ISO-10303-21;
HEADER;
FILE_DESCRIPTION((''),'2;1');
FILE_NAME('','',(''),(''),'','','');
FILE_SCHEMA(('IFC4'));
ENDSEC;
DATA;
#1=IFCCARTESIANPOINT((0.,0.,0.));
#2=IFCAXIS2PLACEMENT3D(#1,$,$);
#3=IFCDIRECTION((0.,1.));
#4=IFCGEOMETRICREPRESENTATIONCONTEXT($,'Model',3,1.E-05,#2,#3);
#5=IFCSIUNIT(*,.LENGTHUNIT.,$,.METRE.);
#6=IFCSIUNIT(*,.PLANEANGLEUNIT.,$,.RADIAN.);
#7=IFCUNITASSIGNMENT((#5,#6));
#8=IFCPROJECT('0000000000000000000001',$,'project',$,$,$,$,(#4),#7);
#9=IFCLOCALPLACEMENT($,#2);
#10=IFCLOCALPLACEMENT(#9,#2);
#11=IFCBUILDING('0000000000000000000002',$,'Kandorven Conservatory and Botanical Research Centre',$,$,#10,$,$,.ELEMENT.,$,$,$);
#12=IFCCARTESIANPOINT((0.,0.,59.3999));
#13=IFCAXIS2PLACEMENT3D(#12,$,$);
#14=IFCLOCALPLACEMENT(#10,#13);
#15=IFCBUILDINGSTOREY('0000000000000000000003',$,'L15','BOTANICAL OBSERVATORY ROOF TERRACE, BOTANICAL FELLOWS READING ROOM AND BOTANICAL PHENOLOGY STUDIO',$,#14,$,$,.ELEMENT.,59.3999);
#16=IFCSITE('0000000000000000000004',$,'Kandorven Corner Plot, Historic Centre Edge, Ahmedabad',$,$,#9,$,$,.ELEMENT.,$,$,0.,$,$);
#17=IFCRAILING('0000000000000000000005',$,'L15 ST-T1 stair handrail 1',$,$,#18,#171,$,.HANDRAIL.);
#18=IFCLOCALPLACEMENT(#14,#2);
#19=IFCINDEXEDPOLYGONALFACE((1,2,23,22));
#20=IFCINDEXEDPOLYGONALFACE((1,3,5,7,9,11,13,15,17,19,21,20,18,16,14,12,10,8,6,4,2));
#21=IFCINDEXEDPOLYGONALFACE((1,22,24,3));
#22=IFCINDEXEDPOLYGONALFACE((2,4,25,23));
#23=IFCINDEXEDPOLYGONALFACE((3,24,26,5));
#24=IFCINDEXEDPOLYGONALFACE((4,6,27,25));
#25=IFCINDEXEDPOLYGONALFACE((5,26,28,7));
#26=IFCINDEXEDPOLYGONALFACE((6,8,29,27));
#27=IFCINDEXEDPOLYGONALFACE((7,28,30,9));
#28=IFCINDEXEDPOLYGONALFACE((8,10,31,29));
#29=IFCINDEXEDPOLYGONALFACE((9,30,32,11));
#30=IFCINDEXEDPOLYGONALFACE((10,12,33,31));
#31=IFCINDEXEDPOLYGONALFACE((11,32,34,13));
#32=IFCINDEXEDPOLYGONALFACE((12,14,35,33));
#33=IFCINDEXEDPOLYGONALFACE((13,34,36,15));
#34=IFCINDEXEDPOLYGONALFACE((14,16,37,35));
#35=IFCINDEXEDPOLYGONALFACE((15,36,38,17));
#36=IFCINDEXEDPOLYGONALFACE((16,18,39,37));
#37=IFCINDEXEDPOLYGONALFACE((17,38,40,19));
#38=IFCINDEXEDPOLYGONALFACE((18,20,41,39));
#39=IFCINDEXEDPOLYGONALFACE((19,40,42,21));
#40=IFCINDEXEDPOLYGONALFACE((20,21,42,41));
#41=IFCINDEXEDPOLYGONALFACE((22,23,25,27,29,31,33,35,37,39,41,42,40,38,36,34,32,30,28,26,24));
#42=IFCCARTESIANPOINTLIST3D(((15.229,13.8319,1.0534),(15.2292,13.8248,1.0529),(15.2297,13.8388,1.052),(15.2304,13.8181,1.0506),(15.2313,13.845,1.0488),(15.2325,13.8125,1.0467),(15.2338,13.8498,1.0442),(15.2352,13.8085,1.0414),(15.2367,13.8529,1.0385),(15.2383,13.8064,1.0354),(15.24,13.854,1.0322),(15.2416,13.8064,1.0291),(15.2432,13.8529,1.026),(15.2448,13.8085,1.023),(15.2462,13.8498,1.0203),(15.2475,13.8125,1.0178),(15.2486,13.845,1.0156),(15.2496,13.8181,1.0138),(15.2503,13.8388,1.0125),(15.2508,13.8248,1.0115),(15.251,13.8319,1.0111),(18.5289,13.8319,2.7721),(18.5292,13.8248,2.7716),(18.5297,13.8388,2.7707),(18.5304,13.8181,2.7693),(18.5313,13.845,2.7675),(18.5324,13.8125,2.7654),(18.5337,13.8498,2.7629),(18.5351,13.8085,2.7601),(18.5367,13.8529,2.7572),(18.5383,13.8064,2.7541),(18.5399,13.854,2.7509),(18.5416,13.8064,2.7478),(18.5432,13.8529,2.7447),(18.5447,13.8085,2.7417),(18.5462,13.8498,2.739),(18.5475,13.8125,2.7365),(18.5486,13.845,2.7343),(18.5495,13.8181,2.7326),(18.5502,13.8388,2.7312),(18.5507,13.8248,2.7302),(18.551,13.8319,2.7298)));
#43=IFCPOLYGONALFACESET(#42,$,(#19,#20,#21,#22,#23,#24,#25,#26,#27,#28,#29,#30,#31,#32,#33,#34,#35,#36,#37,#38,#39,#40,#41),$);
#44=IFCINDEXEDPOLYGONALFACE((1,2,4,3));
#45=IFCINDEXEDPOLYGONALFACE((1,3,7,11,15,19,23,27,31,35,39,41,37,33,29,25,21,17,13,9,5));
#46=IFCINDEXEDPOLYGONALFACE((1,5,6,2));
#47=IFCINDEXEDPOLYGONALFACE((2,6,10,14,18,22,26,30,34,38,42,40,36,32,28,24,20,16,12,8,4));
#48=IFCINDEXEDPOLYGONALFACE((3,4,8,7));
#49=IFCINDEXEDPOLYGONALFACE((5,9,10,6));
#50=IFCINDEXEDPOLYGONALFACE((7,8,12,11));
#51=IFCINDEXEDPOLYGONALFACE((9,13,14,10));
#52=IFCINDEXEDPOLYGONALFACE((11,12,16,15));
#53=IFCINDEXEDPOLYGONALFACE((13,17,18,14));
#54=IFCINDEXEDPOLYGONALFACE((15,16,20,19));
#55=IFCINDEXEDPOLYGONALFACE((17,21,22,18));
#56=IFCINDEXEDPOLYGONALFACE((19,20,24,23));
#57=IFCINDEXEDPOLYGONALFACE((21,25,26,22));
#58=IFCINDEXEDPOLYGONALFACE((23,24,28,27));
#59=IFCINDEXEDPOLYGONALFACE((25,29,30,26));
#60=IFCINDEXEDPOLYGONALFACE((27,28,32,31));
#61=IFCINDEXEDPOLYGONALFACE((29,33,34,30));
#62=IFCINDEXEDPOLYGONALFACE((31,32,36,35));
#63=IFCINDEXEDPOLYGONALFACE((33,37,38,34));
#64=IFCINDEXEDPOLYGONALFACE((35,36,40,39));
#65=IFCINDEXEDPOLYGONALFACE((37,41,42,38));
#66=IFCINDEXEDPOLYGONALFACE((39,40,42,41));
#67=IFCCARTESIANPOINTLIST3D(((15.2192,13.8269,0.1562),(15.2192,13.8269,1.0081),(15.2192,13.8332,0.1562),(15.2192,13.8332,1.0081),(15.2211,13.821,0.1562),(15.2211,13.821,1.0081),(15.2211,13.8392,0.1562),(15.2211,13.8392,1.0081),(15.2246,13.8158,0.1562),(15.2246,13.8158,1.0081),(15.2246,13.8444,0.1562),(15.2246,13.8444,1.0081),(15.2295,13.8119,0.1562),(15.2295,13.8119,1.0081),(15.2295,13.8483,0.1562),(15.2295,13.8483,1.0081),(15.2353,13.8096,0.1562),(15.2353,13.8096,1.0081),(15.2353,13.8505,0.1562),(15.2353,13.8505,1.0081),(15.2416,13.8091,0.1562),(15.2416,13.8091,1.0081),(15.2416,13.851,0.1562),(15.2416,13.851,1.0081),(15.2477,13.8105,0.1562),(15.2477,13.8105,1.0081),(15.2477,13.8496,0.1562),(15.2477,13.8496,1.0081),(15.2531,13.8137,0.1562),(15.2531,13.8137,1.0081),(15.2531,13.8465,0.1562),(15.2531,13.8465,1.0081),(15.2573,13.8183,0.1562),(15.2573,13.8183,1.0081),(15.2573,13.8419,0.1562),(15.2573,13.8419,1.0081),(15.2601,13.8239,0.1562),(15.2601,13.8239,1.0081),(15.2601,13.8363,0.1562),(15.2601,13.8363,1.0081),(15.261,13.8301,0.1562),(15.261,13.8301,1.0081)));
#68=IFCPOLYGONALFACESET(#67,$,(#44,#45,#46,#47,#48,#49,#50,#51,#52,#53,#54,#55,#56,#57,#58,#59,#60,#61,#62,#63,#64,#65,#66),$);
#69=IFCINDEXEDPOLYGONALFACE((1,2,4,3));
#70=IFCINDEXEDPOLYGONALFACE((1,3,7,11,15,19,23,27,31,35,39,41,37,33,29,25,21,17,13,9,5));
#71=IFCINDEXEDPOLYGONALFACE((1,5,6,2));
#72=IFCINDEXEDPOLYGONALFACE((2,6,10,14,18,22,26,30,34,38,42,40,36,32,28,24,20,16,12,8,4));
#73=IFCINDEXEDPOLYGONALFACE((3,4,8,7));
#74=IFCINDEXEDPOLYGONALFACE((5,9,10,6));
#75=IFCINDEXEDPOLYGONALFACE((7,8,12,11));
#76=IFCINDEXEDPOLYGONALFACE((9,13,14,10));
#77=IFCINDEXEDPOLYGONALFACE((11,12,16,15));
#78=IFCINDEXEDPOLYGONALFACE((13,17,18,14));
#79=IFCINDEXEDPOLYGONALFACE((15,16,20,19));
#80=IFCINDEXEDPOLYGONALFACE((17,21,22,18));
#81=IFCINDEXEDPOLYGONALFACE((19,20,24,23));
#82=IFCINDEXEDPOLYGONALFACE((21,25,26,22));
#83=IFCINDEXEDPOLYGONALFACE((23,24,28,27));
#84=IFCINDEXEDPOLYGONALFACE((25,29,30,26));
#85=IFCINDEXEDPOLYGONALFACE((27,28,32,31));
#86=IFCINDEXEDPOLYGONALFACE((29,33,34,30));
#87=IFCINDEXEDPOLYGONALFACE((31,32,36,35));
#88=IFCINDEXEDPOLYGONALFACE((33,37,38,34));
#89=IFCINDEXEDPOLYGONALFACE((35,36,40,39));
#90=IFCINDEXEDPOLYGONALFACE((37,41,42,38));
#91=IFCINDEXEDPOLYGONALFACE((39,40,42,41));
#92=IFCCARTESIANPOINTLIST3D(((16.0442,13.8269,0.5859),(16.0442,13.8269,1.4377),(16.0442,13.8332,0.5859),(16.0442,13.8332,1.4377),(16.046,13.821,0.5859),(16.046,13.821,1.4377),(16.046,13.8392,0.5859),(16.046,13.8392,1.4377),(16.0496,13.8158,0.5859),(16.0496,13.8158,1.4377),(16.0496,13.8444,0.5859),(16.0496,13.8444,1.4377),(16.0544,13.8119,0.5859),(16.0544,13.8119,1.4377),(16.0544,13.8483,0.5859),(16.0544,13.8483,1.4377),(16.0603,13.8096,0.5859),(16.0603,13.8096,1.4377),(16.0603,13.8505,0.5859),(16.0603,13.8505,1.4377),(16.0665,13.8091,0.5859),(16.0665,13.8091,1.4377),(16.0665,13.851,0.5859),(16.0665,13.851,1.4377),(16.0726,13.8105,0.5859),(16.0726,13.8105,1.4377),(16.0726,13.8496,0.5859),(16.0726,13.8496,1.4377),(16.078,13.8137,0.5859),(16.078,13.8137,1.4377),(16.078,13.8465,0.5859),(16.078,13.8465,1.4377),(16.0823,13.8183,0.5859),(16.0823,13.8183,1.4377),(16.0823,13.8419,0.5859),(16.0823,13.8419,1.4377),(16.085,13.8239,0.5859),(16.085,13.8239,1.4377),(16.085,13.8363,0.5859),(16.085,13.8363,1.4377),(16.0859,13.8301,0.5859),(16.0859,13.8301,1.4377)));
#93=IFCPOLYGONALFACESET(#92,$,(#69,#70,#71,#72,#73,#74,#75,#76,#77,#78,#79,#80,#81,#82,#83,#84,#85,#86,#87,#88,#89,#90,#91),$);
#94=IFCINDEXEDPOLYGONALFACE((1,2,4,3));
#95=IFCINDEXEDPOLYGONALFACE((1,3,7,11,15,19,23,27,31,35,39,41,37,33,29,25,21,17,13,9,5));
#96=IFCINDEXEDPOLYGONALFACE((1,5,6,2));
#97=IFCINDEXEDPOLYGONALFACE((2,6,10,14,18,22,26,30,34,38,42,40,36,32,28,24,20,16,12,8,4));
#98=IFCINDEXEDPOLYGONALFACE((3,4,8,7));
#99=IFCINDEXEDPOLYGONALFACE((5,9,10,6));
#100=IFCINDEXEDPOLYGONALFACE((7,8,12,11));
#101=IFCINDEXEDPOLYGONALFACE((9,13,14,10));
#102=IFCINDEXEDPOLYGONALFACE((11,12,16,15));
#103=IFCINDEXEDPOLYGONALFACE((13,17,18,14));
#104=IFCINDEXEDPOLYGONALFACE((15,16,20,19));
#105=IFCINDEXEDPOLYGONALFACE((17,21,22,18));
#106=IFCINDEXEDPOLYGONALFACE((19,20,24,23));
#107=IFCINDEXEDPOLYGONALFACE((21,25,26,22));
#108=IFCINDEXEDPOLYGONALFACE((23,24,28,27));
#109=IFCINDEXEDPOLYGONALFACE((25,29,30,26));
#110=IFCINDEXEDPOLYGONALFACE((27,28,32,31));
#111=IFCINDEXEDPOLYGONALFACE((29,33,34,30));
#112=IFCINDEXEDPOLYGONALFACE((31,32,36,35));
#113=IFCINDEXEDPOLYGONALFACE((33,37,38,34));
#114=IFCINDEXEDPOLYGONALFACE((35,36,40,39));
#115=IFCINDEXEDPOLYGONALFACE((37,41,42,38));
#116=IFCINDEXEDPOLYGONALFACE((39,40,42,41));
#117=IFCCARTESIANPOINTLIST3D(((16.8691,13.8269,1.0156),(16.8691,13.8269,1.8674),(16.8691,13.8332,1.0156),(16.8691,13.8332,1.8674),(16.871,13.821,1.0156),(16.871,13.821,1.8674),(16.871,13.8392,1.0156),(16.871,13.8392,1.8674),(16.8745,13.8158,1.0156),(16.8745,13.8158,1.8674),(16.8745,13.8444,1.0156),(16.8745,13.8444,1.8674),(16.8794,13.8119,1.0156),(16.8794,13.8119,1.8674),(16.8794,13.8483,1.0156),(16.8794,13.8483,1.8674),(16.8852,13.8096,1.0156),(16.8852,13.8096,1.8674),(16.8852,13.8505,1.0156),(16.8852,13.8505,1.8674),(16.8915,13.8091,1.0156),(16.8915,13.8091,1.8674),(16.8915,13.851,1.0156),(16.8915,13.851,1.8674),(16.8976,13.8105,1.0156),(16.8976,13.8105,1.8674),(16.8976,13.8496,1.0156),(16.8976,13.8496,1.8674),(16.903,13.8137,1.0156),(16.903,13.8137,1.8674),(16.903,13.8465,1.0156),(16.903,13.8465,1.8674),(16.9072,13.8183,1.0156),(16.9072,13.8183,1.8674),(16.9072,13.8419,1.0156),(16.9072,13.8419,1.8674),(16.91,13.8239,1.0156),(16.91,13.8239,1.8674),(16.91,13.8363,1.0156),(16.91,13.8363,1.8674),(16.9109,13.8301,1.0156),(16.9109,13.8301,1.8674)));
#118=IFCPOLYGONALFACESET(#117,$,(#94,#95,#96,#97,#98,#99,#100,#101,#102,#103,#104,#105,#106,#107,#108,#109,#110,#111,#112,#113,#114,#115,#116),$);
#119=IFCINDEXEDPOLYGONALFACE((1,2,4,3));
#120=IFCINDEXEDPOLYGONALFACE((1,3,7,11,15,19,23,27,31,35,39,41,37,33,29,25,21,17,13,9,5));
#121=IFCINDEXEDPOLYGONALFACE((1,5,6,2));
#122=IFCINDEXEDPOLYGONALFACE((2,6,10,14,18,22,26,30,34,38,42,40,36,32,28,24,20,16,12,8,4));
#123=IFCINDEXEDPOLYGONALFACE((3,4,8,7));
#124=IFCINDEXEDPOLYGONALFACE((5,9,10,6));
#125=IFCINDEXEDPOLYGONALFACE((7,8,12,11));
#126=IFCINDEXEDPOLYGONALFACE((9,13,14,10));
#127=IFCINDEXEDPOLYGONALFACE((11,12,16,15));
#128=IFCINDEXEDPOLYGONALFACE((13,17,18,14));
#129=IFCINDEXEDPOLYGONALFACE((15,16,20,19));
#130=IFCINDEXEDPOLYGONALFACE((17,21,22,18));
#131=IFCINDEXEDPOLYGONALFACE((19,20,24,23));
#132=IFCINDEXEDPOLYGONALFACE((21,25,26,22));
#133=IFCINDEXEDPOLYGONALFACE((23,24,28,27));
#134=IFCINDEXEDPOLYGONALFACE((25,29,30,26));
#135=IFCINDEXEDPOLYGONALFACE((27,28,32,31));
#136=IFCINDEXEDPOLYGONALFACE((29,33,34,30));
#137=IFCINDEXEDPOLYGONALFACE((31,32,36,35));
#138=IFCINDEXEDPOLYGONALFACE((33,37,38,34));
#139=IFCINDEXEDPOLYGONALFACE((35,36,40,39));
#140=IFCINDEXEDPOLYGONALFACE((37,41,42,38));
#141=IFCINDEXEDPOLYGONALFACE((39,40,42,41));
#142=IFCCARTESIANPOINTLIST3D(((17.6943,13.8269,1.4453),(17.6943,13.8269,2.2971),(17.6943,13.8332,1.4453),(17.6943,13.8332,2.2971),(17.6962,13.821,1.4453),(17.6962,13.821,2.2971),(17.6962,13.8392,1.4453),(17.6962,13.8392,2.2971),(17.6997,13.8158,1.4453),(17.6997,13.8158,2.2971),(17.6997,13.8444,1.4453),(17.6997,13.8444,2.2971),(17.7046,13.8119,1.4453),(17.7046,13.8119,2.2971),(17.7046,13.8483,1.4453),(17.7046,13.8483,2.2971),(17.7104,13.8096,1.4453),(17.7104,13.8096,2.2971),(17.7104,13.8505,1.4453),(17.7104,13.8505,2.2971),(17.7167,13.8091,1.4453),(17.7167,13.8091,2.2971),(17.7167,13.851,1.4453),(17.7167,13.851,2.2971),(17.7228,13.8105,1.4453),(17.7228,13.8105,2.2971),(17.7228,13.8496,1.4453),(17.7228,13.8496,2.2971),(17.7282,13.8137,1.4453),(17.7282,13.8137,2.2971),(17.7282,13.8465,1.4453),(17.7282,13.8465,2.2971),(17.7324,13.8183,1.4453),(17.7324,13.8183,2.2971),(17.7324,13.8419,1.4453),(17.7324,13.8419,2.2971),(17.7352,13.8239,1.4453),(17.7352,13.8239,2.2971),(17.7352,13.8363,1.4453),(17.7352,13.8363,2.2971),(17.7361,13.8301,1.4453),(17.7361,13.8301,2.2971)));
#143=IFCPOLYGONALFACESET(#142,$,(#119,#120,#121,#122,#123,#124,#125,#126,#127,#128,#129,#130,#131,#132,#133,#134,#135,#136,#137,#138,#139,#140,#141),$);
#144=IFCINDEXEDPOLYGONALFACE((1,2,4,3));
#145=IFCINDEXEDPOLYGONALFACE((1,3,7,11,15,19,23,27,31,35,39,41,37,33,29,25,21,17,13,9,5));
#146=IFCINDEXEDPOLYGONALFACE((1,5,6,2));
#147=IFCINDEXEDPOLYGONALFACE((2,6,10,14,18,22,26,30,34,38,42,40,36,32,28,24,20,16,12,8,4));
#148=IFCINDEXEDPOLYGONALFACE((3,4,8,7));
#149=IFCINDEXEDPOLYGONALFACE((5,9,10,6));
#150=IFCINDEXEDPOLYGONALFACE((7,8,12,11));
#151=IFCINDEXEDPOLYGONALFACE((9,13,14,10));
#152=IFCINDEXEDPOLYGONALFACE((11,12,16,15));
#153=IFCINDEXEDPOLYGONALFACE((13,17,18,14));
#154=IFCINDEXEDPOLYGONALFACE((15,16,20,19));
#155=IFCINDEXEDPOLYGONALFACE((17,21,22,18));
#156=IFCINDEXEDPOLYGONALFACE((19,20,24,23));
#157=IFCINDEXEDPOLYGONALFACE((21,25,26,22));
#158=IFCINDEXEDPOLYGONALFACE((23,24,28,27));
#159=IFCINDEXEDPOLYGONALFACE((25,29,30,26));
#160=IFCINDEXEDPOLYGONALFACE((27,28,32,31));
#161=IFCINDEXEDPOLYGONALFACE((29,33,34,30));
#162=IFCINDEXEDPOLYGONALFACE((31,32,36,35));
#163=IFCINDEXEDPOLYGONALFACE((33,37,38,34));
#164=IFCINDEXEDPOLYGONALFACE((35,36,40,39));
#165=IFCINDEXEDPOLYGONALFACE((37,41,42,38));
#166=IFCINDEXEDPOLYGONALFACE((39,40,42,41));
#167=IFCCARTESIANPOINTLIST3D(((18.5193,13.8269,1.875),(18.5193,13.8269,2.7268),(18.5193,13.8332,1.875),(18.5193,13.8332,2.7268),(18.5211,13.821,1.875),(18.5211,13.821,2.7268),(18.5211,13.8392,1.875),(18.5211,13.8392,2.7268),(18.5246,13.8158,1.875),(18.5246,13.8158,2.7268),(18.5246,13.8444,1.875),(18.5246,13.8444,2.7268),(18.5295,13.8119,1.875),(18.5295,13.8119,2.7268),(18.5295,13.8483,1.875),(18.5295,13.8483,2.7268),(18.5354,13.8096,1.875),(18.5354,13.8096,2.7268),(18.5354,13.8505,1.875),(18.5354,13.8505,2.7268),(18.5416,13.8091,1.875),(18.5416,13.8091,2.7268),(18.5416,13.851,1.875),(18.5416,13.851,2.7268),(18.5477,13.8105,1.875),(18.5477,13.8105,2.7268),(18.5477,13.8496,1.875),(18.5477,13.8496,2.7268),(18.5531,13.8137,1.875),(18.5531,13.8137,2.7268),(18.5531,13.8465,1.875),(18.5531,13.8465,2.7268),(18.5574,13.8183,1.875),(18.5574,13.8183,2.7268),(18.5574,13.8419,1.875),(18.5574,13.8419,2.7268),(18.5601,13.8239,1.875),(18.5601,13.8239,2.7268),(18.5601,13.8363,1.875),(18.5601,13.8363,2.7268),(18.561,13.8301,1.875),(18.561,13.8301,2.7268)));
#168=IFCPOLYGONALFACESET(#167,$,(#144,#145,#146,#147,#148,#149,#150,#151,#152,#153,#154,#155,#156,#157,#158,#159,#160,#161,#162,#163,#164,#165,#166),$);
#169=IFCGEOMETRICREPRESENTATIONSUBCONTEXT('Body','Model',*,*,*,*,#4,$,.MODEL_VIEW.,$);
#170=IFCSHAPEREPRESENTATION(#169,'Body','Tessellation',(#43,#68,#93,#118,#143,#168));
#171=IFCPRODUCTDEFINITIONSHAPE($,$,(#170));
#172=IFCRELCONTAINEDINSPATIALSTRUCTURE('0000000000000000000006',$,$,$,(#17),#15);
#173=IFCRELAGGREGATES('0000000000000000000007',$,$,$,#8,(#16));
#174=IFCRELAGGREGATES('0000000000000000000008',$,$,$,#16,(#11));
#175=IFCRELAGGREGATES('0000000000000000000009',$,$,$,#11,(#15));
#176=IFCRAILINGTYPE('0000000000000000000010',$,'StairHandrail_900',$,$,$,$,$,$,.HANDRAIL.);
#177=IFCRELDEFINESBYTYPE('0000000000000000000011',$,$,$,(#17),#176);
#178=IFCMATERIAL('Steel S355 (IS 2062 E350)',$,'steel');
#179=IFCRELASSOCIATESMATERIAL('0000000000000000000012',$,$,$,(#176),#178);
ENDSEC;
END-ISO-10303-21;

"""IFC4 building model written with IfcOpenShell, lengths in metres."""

from ifc_helpers import new_model, si_unit, direction, frame, origin, origin_2d, place, context, subcontext, project, spatial, circle, extrude, material, type_object, element, save


model = new_model("IFC4")

# Units and contexts
model_context = context("Model", 3, precision=1e-05, world=origin(), true_north=direction((0.0, 1.0)))
body_context = subcontext(model_context, "Body", "Model", "MODEL_VIEW")
ifc_project = project(units=[si_unit("LENGTHUNIT", "METRE"), si_unit("PLANEANGLEUNIT", "RADIAN")], contexts=[model_context])

# Site, building, storey
site_placement = place(None, origin())
site = spatial("IfcSite", under=ifc_project, at=site_placement, Name="Kandorven Corner Plot, Historic Centre Edge, Ahmedabad", CompositionType="ELEMENT", RefElevation=0.0)
building_placement = place(site_placement, origin())
building = spatial("IfcBuilding", under=site, at=building_placement, Name="Kandorven Conservatory and Botanical Research Centre", CompositionType="ELEMENT")
storey_placement = place(building_placement, frame((0.0, 0.0, 59.3999)))
storey = spatial("IfcBuildingStorey", under=building, at=storey_placement, Name="L15", Description="BOTANICAL OBSERVATORY ROOF TERRACE, BOTANICAL FELLOWS READING ROOM AND BOTANICAL PHENOLOGY STUDIO", CompositionType="ELEMENT", Elevation=59.3999)

# Railing
ifc_material_1 = material(Name="Steel S355 (IS 2062 E350)", Category="steel")
railing_type_1 = type_object("IfcRailingType", Name="StairHandrail_900", PredefinedType="HANDRAIL", material=ifc_material_1)
railing_1_placement = place(storey_placement, frame((15.24, 13.8301, 0.1562)))
element("IfcRailing", 1, at=railing_1_placement, inside=storey, type_object=railing_type_1, Name="L15 ST-T1 stair handrail 1", PredefinedType="HANDRAIL", context=body_context, shape_type="SweptSolid", body=[
    extrude(circle(Radius=0.0239, at=origin_2d()), frame((0.0, 0.0, 0.876), z_axis=(0.886917, 0.0, 0.461929), x_axis=(0.0, 1.0, 0.0)), (0.0, 0.0, 1.0), 3.7207),
    extrude(circle(Radius=0.021, at=origin_2d()), origin(), (0.0, 0.0, 1.0), 0.8518),
    extrude(circle(Radius=0.021, at=origin_2d()), frame((0.825, 0.0, 0.4297)), (0.0, 0.0, 1.0), 0.8518),
    extrude(circle(Radius=0.021, at=origin_2d()), frame((1.6499, 0.0, 0.8594)), (0.0, 0.0, 1.0), 0.8518),
    extrude(circle(Radius=0.021, at=origin_2d()), frame((2.4751, 0.0, 1.2891)), (0.0, 0.0, 1.0), 0.8518),
    extrude(circle(Radius=0.021, at=origin_2d()), frame((3.3, 0.0, 1.7188)), (0.0, 0.0, 1.0), 0.8518),
])

save(model, "model.ifc")
